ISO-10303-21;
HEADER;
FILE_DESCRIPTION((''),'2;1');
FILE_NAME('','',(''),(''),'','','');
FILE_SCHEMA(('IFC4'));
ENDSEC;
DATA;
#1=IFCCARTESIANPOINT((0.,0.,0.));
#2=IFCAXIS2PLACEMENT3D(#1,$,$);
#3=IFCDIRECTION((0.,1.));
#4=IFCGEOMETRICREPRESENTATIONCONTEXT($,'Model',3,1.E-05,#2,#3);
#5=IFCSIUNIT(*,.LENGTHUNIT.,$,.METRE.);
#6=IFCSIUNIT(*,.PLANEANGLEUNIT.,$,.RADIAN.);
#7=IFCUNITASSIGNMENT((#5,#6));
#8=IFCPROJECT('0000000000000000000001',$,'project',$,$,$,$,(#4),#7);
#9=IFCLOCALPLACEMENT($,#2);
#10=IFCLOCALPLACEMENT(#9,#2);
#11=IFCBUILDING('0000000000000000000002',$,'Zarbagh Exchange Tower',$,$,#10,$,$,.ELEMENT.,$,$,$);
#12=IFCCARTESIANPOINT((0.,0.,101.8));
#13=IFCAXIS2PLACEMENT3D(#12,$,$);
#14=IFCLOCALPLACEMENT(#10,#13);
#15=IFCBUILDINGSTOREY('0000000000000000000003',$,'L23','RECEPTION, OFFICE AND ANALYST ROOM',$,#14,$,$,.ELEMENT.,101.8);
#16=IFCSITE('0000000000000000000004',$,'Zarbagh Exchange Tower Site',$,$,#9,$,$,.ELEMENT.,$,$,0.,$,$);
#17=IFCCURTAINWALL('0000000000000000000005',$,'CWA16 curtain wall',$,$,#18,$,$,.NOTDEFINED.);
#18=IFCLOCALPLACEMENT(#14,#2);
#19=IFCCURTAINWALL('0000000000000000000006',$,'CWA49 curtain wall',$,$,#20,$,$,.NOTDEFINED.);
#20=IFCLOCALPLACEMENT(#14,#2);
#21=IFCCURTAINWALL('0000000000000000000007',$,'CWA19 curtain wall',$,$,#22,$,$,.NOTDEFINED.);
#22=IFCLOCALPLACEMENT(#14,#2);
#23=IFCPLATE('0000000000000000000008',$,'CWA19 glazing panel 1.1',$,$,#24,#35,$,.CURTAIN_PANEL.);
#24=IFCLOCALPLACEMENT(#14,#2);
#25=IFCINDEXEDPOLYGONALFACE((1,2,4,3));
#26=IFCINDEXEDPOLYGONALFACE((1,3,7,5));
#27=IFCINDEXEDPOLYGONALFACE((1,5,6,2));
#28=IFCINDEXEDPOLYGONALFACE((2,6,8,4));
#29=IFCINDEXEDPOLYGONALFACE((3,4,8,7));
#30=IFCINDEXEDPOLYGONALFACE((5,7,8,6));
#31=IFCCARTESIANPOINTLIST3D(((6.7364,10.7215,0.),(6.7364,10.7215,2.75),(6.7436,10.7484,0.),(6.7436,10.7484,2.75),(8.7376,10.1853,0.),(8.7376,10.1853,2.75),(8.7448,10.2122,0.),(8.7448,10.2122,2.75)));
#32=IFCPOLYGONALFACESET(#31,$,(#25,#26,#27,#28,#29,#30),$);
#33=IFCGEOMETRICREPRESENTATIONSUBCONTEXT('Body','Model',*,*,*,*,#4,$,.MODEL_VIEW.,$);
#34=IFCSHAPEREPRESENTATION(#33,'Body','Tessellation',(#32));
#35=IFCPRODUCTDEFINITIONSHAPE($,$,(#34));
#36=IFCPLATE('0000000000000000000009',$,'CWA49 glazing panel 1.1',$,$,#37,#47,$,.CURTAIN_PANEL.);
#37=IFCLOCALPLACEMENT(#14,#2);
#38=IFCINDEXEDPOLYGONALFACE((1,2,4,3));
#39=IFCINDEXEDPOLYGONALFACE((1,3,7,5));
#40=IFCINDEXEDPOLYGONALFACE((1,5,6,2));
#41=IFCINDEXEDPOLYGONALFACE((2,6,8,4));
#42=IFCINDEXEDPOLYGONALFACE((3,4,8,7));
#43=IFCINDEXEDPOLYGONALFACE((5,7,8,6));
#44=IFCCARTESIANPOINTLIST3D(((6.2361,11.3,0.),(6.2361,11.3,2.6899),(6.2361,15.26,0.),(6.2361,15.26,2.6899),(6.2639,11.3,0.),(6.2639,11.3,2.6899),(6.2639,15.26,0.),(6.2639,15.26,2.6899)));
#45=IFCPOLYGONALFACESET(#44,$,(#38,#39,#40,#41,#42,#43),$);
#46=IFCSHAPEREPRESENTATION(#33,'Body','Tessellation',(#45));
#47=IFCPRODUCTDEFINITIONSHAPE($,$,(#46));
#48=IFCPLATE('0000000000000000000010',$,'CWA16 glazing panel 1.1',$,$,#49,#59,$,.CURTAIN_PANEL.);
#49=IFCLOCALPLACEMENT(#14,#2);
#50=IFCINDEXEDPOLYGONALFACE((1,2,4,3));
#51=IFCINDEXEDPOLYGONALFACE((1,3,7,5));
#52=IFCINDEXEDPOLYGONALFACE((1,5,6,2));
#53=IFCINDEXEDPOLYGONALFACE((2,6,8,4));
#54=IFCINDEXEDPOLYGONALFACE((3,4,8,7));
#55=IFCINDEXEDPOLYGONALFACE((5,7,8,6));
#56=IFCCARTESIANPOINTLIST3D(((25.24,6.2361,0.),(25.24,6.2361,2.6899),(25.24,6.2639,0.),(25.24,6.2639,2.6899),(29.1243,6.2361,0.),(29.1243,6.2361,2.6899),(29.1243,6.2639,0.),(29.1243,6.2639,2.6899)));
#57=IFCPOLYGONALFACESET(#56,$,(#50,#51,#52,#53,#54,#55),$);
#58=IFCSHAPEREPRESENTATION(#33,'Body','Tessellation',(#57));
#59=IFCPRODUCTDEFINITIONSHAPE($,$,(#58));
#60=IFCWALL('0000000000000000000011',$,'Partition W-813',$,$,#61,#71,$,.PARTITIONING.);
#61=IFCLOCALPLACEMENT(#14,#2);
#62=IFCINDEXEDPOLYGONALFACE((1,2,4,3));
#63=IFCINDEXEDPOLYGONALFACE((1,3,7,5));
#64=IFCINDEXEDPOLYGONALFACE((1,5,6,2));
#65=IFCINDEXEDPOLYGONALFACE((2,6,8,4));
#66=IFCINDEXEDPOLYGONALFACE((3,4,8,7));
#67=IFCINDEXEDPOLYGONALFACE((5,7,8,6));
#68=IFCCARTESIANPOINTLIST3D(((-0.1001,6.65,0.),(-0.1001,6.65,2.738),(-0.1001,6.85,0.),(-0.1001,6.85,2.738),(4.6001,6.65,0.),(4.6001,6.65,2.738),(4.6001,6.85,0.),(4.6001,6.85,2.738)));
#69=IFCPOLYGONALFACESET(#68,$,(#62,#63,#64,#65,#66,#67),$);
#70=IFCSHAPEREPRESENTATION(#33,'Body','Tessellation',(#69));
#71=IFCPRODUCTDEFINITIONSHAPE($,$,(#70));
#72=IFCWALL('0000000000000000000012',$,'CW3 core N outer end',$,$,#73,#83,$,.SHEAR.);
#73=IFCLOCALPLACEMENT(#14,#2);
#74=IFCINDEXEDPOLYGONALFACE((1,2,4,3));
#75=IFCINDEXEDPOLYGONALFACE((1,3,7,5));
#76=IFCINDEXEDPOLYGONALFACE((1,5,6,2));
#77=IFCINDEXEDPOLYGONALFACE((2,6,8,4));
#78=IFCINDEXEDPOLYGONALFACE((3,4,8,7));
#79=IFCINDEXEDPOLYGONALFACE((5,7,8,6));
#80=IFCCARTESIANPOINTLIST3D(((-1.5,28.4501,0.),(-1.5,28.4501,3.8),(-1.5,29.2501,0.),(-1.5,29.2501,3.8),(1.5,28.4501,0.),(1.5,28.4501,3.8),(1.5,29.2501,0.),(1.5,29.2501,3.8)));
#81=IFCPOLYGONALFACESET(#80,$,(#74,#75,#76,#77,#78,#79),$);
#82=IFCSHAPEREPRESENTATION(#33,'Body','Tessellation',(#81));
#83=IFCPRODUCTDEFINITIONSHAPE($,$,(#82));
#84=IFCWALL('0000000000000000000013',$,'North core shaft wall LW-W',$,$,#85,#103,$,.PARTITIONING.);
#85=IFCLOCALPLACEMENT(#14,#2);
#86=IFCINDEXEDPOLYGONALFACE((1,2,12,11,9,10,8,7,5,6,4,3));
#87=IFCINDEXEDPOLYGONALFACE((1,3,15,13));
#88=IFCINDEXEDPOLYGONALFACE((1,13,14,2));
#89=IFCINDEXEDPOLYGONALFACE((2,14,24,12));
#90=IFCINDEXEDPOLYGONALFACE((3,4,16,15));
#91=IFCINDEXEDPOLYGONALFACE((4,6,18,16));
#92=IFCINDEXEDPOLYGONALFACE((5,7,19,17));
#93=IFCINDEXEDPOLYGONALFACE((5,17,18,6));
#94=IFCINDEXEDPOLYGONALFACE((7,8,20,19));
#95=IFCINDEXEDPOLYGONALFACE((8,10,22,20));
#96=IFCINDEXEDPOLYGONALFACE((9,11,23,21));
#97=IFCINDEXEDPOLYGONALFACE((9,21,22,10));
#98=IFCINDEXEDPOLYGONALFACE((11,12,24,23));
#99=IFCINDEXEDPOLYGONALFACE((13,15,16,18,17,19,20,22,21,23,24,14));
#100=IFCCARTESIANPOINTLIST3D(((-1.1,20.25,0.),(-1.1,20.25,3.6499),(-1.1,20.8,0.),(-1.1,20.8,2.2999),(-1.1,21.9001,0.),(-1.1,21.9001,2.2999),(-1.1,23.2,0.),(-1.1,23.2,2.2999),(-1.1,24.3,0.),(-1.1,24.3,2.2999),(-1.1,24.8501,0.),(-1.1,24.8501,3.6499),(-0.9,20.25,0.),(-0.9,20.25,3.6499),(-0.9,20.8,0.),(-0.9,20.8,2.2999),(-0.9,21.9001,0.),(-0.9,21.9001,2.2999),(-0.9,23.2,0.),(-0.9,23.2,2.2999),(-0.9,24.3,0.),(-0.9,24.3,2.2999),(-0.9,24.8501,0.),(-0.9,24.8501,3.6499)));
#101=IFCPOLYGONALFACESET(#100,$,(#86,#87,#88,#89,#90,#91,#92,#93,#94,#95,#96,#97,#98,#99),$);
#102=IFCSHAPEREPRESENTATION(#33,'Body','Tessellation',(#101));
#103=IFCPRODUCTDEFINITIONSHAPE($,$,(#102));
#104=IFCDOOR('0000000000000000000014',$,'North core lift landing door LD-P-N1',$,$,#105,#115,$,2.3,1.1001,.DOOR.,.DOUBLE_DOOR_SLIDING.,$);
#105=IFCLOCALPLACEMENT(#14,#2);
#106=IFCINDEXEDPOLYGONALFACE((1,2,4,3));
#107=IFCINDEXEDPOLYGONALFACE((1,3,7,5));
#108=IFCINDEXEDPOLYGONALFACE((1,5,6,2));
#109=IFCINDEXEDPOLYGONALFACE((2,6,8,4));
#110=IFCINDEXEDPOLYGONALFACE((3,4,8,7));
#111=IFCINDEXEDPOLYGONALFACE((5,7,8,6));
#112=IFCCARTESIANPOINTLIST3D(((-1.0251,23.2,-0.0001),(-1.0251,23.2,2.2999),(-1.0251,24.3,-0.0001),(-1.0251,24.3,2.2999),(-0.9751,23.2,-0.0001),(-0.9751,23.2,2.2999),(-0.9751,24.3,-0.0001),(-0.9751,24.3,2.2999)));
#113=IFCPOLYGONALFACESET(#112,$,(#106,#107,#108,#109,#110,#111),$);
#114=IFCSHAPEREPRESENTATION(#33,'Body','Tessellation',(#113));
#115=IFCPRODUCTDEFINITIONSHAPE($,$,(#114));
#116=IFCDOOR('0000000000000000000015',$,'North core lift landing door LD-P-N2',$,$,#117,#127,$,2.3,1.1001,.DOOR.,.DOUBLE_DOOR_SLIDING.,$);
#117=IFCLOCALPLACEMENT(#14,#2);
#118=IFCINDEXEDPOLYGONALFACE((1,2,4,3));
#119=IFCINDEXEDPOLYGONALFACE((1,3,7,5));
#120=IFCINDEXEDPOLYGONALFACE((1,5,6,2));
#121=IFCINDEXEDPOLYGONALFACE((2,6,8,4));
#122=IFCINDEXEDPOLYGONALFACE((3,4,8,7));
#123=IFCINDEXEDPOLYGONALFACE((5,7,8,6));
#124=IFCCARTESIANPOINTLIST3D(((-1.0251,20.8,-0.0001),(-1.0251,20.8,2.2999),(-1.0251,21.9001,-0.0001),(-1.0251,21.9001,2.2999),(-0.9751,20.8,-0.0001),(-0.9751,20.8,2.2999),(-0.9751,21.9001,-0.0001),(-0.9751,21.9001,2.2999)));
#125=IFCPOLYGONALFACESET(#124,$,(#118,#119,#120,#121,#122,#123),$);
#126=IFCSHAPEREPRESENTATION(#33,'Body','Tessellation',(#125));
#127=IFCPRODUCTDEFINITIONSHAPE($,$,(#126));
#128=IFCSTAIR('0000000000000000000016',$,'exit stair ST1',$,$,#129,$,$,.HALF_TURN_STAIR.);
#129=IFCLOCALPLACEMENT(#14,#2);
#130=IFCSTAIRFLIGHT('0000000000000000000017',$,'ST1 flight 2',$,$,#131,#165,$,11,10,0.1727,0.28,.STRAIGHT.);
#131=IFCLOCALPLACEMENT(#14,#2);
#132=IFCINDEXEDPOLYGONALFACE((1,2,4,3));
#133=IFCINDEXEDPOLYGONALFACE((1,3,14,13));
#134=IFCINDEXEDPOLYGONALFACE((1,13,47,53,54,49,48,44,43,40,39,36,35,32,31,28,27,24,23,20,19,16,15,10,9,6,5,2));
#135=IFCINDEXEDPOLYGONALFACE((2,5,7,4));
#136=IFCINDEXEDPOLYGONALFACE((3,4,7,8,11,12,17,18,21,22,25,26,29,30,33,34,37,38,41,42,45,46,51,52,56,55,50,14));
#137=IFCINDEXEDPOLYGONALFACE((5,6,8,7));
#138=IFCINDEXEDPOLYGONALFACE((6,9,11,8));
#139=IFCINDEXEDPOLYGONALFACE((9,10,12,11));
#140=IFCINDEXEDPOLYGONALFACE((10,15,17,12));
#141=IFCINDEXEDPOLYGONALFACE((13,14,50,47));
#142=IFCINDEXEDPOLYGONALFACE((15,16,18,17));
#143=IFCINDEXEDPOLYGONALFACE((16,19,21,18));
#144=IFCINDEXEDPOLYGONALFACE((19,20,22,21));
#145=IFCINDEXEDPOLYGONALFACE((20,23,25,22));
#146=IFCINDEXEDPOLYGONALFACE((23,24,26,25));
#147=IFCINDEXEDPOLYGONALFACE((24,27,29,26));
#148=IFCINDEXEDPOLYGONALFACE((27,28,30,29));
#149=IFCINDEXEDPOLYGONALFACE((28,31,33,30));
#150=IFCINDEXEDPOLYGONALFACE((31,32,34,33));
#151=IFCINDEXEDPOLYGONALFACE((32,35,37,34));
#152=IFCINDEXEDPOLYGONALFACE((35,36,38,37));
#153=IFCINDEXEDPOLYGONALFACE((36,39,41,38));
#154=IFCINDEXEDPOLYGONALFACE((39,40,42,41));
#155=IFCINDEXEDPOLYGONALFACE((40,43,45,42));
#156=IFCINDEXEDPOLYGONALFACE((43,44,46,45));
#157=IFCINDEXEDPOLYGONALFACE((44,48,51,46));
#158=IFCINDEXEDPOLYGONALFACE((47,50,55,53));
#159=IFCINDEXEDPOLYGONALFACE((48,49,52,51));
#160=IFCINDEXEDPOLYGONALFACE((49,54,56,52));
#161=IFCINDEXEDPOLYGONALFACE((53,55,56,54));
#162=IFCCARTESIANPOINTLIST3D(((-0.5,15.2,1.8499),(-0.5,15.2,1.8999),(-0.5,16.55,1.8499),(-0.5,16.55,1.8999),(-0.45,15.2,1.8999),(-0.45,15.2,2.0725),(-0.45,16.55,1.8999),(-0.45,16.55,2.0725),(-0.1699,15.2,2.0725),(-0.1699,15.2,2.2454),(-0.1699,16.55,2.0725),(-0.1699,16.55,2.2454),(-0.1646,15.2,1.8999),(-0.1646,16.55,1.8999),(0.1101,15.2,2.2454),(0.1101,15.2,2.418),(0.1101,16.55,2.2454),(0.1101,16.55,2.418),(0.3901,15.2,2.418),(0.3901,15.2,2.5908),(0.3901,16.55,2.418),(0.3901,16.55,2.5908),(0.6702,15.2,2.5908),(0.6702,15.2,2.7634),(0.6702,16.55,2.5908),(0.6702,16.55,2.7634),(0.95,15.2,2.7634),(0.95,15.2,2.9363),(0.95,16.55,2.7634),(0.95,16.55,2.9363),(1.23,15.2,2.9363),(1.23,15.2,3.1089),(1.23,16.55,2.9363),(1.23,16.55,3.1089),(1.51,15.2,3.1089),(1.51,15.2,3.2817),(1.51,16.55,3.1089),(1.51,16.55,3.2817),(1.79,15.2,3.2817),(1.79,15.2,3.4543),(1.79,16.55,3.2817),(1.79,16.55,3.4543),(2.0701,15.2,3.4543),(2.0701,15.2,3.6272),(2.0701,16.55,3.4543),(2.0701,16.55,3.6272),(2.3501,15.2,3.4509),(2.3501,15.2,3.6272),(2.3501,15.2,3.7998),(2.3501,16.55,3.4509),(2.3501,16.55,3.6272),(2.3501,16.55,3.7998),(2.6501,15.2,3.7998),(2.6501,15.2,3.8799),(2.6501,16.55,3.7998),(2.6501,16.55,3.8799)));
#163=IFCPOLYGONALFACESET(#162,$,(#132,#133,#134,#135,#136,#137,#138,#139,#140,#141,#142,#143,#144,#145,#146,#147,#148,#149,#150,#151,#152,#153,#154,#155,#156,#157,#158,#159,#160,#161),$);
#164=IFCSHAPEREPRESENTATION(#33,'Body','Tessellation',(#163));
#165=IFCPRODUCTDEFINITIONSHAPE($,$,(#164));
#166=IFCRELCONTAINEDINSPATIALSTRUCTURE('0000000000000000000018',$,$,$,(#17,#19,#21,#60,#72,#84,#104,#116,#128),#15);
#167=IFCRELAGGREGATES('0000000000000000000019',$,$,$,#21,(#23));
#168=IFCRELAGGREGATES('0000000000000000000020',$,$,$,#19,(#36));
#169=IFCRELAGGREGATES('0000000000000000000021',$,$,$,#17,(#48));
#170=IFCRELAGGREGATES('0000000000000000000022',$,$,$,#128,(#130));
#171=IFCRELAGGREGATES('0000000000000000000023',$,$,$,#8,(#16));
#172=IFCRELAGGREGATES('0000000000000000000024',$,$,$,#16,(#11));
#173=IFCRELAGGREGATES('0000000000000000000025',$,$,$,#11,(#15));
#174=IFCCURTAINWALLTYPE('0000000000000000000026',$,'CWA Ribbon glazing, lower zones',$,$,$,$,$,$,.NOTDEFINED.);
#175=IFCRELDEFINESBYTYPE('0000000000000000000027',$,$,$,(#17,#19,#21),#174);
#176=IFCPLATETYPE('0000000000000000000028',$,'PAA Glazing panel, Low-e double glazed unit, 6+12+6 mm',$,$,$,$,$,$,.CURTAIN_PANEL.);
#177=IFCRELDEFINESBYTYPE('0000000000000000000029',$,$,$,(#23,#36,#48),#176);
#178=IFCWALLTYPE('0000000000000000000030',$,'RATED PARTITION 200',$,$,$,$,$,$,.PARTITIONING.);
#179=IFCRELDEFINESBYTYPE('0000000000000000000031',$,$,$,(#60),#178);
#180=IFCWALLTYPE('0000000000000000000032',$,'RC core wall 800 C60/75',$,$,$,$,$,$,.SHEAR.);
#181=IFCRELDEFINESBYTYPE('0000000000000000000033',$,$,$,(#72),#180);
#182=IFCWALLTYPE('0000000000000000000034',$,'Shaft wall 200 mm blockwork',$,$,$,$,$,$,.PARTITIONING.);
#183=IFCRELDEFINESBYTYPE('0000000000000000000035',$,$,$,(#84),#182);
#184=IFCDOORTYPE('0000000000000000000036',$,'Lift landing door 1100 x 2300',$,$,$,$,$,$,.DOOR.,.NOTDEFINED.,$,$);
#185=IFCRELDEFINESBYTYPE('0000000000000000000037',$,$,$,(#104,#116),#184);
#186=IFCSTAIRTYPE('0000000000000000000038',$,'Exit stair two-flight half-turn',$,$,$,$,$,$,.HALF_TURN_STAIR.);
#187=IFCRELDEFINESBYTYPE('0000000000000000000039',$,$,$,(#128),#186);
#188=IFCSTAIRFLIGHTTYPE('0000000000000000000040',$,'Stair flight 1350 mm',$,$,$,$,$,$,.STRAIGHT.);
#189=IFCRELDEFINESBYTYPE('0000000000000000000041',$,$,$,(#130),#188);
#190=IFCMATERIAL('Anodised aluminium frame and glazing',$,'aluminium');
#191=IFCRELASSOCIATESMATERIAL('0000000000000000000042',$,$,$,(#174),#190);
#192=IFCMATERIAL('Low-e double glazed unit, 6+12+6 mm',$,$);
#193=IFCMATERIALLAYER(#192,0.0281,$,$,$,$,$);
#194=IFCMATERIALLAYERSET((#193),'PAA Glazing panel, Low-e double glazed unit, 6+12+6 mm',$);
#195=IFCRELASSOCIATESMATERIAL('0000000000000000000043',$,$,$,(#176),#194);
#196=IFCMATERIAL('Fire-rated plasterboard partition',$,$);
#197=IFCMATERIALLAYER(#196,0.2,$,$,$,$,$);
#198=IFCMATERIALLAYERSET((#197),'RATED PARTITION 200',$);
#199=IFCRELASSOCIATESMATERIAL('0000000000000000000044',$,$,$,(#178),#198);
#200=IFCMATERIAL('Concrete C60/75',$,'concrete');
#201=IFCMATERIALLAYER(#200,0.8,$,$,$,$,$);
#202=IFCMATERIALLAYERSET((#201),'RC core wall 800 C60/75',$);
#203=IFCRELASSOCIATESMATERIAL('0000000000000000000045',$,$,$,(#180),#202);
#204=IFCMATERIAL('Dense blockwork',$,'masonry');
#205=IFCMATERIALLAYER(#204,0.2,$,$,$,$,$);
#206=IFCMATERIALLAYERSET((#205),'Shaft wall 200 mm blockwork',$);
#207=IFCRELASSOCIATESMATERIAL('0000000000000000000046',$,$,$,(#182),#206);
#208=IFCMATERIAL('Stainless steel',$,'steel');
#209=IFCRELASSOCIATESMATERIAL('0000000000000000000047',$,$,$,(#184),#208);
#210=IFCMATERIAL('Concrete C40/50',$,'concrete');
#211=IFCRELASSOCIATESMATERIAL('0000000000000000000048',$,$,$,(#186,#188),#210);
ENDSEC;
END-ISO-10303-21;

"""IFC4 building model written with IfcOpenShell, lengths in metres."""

from ifc_helpers import new_model, si_unit, direction, frame, frame_2d, origin, place, context, subcontext, project, spatial, polyline, rectangle, outline, extrude, source, transform, mapped, material, layer, layer_set, type_object, element, fill, aggregate, save


model = new_model("IFC4")

# Units and contexts
model_context = context("Model", 3, precision=1e-05, world=origin(), true_north=direction((0.0, 1.0)))
body_context = subcontext(model_context, "Body", "Model", "MODEL_VIEW")
ifc_project = project(units=[si_unit("LENGTHUNIT", "METRE"), si_unit("PLANEANGLEUNIT", "RADIAN")], contexts=[model_context])

# Site, building, storey
site_placement = place(None, origin())
site = spatial("IfcSite", under=ifc_project, at=site_placement, Name="Zarbagh Exchange Tower Site", CompositionType="ELEMENT", RefElevation=0.0)
building_placement = place(site_placement, origin())
building = spatial("IfcBuilding", under=site, at=building_placement, Name="Zarbagh Exchange Tower", CompositionType="ELEMENT")
storey_placement = place(building_placement, frame((0.0, 0.0, 101.8)))
storey = spatial("IfcBuildingStorey", under=building, at=storey_placement, Name="L23", Description="RECEPTION, OFFICE AND ANALYST ROOM", CompositionType="ELEMENT", Elevation=101.8)

# Curtain wall
ifc_material_1 = material(Name="Anodised aluminium frame and glazing", Category="aluminium")
curtain_wall_type = type_object("IfcCurtainWallType", Name="CWA Ribbon glazing, lower zones", PredefinedType="NOTDEFINED", material=ifc_material_1)
curtain_wall_1_placement = place(storey_placement, origin())
curtain_wall_1 = element("IfcCurtainWall", 1, at=curtain_wall_1_placement, inside=storey, type_object=curtain_wall_type, Name="CWA16 curtain wall", PredefinedType="NOTDEFINED")
placement = place(storey_placement, origin())

# Curtain wall
curtain_wall_2_placement = place(storey_placement, origin())
curtain_wall_2 = element("IfcCurtainWall", 2, at=curtain_wall_2_placement, inside=storey, type_object=curtain_wall_type, Name="CWA49 curtain wall", PredefinedType="NOTDEFINED")

# Shared definitions
ifc_material_2 = material(Name="Low-e double glazed unit, 6+12+6 mm")
ifc_layer_1 = layer(ifc_material_2, 0.0281)
ifc_layer_set_1 = layer_set([ifc_layer_1], Name="PAA Glazing panel, Low-e double glazed unit, 6+12+6 mm")
plate_type = type_object("IfcPlateType", Name="PAA Glazing panel, Low-e double glazed unit, 6+12+6 mm", PredefinedType="CURTAIN_PANEL", material=ifc_layer_set_1)

# Curtain wall, plate
curtain_wall_3_placement = place(storey_placement, origin())
curtain_wall_3 = element("IfcCurtainWall", 3, at=curtain_wall_3_placement, inside=storey, type_object=curtain_wall_type, Name="CWA19 curtain wall", PredefinedType="NOTDEFINED")
shared_shape_1 = source(origin(), body_context, "Body", "SweptSolid", [
    extrude(outline(polyline([(0.0, -0.0139), (2.0718, -0.0139), (2.0718, 0.0139), (0.0, 0.0139), (0.0, -0.0139)])), origin(), (0.0, 0.0, 1.0), 2.75),
])
plate_1 = element("IfcPlate", 4, at=placement, type_object=plate_type, Name="CWA19 glazing panel 1.1", PredefinedType="CURTAIN_PANEL", context=body_context, shape_type="MappedRepresentation", body=[
    mapped(shared_shape_1, transform((8.7412, 10.1987, 0.0), x_axis=(-0.965924, 0.258825, 0.0), y_axis=(-0.258825, -0.965924, 0.0), z_axis=(0.0, 0.0, 1.0))),
])
aggregate(curtain_wall_3, [plate_1])

# Plates
shared_shape_2 = source(origin(), body_context, "Body", "SweptSolid", [
    extrude(outline(polyline([(0.0, -0.0139), (3.96, -0.0139), (3.96, 0.0139), (0.0, 0.0139), (0.0, -0.0139)])), origin(), (0.0, 0.0, 1.0), 2.6899),
])
plate_2 = element("IfcPlate", 5, at=placement, type_object=plate_type, Name="CWA49 glazing panel 1.1", PredefinedType="CURTAIN_PANEL", context=body_context, shape_type="MappedRepresentation", body=[
    mapped(shared_shape_2, transform((6.25, 11.3, 0.0), x_axis=(0.0, 1.0, 0.0), y_axis=(-1.0, 0.0, 0.0), z_axis=(0.0, 0.0, 1.0))),
])
aggregate(curtain_wall_2, [plate_2])
shared_shape_3 = source(origin(), body_context, "Body", "SweptSolid", [
    extrude(outline(polyline([(0.0, -0.0139), (3.8843, -0.0139), (3.8843, 0.0139), (0.0, 0.0139), (0.0, -0.0139)])), origin(), (0.0, 0.0, 1.0), 2.6899),
])
plate_3 = element("IfcPlate", 6, at=placement, type_object=plate_type, Name="CWA16 glazing panel 1.1", PredefinedType="CURTAIN_PANEL", context=body_context, shape_type="MappedRepresentation", body=[
    mapped(shared_shape_3, transform((29.1243, 6.25, 0.0), x_axis=(-1.0, 0.0, 0.0), y_axis=(0.0, -1.0, 0.0), z_axis=(0.0, 0.0, 1.0))),
])
aggregate(curtain_wall_1, [plate_3])

# Walls
ifc_material_3 = material(Name="Fire-rated plasterboard partition")
ifc_layer_2 = layer(ifc_material_3, 0.2)
ifc_layer_set_2 = layer_set([ifc_layer_2], Name="RATED PARTITION 200")
wall_type_1 = type_object("IfcWallType", Name="RATED PARTITION 200", PredefinedType="PARTITIONING", material=ifc_layer_set_2)
wall_1_placement = place(storey_placement, frame((-0.1001, 6.75, 0.0), z_axis=(0.0, 0.0, 1.0), x_axis=(1.0, 0.0, 0.0)))
element("IfcWall", 7, at=wall_1_placement, inside=storey, type_object=wall_type_1, Name="Partition W-813", PredefinedType="PARTITIONING", context=body_context, shape_type="SweptSolid", body=[
    extrude(rectangle(XDim=4.7002, YDim=0.2, at=frame_2d((2.3501, 0.0))), origin(), (0.0, 0.0, 1.0), 2.738),
])
ifc_material_4 = material(Name="Concrete C60/75", Category="concrete")
ifc_layer_3 = layer(ifc_material_4, 0.8)
ifc_layer_set_3 = layer_set([ifc_layer_3], Name="RC core wall 800 C60/75")
wall_type_2 = type_object("IfcWallType", Name="RC core wall 800 C60/75", PredefinedType="SHEAR", material=ifc_layer_set_3)
wall_2_placement = place(storey_placement, frame((-1.5, 28.8501, 0.0), z_axis=(0.0, 0.0, 1.0), x_axis=(1.0, 0.0, 0.0)))
element("IfcWall", 8, at=wall_2_placement, inside=storey, type_object=wall_type_2, Name="CW3 core N outer end", PredefinedType="SHEAR", context=body_context, shape_type="SweptSolid", body=[
    extrude(rectangle(XDim=3.0, YDim=0.8, at=frame_2d((1.5, 0.0))), origin(), (0.0, 0.0, 1.0), 3.8),
])

# Wall, openings, doors
ifc_material_5 = material(Name="Dense blockwork", Category="masonry")
ifc_layer_4 = layer(ifc_material_5, 0.2)
ifc_layer_set_4 = layer_set([ifc_layer_4], Name="Shaft wall 200 mm blockwork")
wall_type_3 = type_object("IfcWallType", Name="Shaft wall 200 mm blockwork", PredefinedType="PARTITIONING", material=ifc_layer_set_4)
wall_3_placement = place(storey_placement, frame((-1.0, 24.8501, 0.0), z_axis=(0.0, 0.0, 1.0), x_axis=(0.0, -1.0, 0.0)))
wall_3 = element("IfcWall", 9, at=wall_3_placement, inside=storey, type_object=wall_type_3, Name="North core shaft wall LW-W", PredefinedType="PARTITIONING", context=body_context, shape_type="SweptSolid", body=[
    extrude(rectangle(XDim=4.6001, YDim=0.2, at=frame_2d((2.3, 0.0))), origin(), (0.0, 0.0, 1.0), 3.6499),
])
opening_1_placement = place(wall_3_placement, frame((0.55, 0.0, 0.0)))
opening_1 = element("IfcOpeningElement", 10, at=opening_1_placement, cuts=wall_3, PredefinedType="OPENING", context=body_context, shape_type="SweptSolid", body=[
    extrude(rectangle(XDim=1.1001, YDim=2.3, at=frame_2d((0.55, 1.1499))), frame((0.0, 0.1099, 0.0), z_axis=(0.0, -1.0, 0.0), x_axis=(1.0, 0.0, 0.0)), (0.0, 0.0, 1.0), 0.22),
])
opening_2_placement = place(wall_3_placement, frame((2.95, 0.0, 0.0)))
opening_2 = element("IfcOpeningElement", 11, at=opening_2_placement, cuts=wall_3, PredefinedType="OPENING", context=body_context, shape_type="SweptSolid", body=[
    extrude(rectangle(XDim=1.1001, YDim=2.3, at=frame_2d((0.55, 1.1499))), frame((0.0, 0.1099, 0.0), z_axis=(0.0, -1.0, 0.0), x_axis=(1.0, 0.0, 0.0)), (0.0, 0.0, 1.0), 0.22),
])
ifc_material_6 = material(Name="Stainless steel", Category="steel")
door_type = type_object("IfcDoorType", Name="Lift landing door 1100 x 2300", OperationType="NOTDEFINED", PredefinedType="DOOR", material=ifc_material_6)
door_1_placement = place(opening_1_placement, origin())
door_1 = element("IfcDoor", 12, at=door_1_placement, inside=storey, type_object=door_type, Name="North core lift landing door LD-P-N1", OperationType="DOUBLE_DOOR_SLIDING", OverallHeight=2.3, OverallWidth=1.1001, PredefinedType="DOOR", context=body_context, shape_type="SweptSolid", body=[
    extrude(rectangle(XDim=1.1001, YDim=2.3, at=frame_2d((0.55, 1.1499))), frame((0.0, 0.0249, 0.0), z_axis=(0.0, -1.0, 0.0), x_axis=(1.0, 0.0, 0.0)), (0.0, 0.0, 1.0), 0.05),
])
fill(opening_1, door_1)
door_2_placement = place(opening_2_placement, origin())
door_2 = element("IfcDoor", 13, at=door_2_placement, inside=storey, type_object=door_type, Name="North core lift landing door LD-P-N2", OperationType="DOUBLE_DOOR_SLIDING", OverallHeight=2.3, OverallWidth=1.1001, PredefinedType="DOOR", context=body_context, shape_type="SweptSolid", body=[
    extrude(rectangle(XDim=1.1001, YDim=2.3, at=frame_2d((0.55, 1.1499))), frame((0.0, 0.0249, 0.0), z_axis=(0.0, -1.0, 0.0), x_axis=(1.0, 0.0, 0.0)), (0.0, 0.0, 1.0), 0.05),
])
fill(opening_2, door_2)

# Stair, stair flight
ifc_material_7 = material(Name="Concrete C40/50", Category="concrete")
stair_type = type_object("IfcStairType", Name="Exit stair two-flight half-turn", PredefinedType="HALF_TURN_STAIR", material=ifc_material_7)
stair_placement = place(storey_placement, origin())
stair = element("IfcStair", 14, at=stair_placement, inside=storey, type_object=stair_type, Name="exit stair ST1", PredefinedType="HALF_TURN_STAIR")
stair_flight_type = type_object("IfcStairFlightType", Name="Stair flight 1350 mm", PredefinedType="STRAIGHT", material=ifc_material_7)
stair_flight_placement = place(storey_placement, frame((-0.45, 15.875, 1.8999), z_axis=(0.0, 0.0, 1.0), x_axis=(1.0, 0.0, 0.0)))
stair_flight = element("IfcStairFlight", 15, at=stair_flight_placement, type_object=stair_flight_type, Name="ST1 flight 2", NumberOfRisers=11, NumberOfTreads=10, PredefinedType="STRAIGHT", RiserHeight=0.1727, TreadLength=0.28, context=body_context, shape_type="SweptSolid", body=[
    extrude(outline(polyline([(-0.05, -0.05), (-0.05, 0.0), (0.0, 0.0), (0.0, 0.1726), (0.28, 0.1726), (0.28, 0.3455), (0.5601, 0.3455), (0.5601, 0.5181), (0.8401, 0.5181), (0.8401, 0.6909), (1.1201, 0.6909), (1.1201, 0.8635), (1.3999, 0.8635), (1.3999, 1.0364), (1.6799, 1.0364), (1.6799, 1.209), (1.96, 1.209), (1.96, 1.3818), (2.24, 1.3818), (2.24, 1.5544), (2.52, 1.5544), (2.52, 1.7273), (2.8, 1.7273), (2.8, 1.8999), (3.1001, 1.98), (3.1001, 1.8999), (2.8, 1.551), (0.2854, 0.0), (-0.05, -0.05)])), frame((0.0, 0.675, 0.0), z_axis=(0.0, -1.0, 0.0), x_axis=(1.0, 0.0, 0.0)), (0.0, 0.0, 1.0), 1.3501),
])
aggregate(stair, [stair_flight])

save(model, "model.ifc")
